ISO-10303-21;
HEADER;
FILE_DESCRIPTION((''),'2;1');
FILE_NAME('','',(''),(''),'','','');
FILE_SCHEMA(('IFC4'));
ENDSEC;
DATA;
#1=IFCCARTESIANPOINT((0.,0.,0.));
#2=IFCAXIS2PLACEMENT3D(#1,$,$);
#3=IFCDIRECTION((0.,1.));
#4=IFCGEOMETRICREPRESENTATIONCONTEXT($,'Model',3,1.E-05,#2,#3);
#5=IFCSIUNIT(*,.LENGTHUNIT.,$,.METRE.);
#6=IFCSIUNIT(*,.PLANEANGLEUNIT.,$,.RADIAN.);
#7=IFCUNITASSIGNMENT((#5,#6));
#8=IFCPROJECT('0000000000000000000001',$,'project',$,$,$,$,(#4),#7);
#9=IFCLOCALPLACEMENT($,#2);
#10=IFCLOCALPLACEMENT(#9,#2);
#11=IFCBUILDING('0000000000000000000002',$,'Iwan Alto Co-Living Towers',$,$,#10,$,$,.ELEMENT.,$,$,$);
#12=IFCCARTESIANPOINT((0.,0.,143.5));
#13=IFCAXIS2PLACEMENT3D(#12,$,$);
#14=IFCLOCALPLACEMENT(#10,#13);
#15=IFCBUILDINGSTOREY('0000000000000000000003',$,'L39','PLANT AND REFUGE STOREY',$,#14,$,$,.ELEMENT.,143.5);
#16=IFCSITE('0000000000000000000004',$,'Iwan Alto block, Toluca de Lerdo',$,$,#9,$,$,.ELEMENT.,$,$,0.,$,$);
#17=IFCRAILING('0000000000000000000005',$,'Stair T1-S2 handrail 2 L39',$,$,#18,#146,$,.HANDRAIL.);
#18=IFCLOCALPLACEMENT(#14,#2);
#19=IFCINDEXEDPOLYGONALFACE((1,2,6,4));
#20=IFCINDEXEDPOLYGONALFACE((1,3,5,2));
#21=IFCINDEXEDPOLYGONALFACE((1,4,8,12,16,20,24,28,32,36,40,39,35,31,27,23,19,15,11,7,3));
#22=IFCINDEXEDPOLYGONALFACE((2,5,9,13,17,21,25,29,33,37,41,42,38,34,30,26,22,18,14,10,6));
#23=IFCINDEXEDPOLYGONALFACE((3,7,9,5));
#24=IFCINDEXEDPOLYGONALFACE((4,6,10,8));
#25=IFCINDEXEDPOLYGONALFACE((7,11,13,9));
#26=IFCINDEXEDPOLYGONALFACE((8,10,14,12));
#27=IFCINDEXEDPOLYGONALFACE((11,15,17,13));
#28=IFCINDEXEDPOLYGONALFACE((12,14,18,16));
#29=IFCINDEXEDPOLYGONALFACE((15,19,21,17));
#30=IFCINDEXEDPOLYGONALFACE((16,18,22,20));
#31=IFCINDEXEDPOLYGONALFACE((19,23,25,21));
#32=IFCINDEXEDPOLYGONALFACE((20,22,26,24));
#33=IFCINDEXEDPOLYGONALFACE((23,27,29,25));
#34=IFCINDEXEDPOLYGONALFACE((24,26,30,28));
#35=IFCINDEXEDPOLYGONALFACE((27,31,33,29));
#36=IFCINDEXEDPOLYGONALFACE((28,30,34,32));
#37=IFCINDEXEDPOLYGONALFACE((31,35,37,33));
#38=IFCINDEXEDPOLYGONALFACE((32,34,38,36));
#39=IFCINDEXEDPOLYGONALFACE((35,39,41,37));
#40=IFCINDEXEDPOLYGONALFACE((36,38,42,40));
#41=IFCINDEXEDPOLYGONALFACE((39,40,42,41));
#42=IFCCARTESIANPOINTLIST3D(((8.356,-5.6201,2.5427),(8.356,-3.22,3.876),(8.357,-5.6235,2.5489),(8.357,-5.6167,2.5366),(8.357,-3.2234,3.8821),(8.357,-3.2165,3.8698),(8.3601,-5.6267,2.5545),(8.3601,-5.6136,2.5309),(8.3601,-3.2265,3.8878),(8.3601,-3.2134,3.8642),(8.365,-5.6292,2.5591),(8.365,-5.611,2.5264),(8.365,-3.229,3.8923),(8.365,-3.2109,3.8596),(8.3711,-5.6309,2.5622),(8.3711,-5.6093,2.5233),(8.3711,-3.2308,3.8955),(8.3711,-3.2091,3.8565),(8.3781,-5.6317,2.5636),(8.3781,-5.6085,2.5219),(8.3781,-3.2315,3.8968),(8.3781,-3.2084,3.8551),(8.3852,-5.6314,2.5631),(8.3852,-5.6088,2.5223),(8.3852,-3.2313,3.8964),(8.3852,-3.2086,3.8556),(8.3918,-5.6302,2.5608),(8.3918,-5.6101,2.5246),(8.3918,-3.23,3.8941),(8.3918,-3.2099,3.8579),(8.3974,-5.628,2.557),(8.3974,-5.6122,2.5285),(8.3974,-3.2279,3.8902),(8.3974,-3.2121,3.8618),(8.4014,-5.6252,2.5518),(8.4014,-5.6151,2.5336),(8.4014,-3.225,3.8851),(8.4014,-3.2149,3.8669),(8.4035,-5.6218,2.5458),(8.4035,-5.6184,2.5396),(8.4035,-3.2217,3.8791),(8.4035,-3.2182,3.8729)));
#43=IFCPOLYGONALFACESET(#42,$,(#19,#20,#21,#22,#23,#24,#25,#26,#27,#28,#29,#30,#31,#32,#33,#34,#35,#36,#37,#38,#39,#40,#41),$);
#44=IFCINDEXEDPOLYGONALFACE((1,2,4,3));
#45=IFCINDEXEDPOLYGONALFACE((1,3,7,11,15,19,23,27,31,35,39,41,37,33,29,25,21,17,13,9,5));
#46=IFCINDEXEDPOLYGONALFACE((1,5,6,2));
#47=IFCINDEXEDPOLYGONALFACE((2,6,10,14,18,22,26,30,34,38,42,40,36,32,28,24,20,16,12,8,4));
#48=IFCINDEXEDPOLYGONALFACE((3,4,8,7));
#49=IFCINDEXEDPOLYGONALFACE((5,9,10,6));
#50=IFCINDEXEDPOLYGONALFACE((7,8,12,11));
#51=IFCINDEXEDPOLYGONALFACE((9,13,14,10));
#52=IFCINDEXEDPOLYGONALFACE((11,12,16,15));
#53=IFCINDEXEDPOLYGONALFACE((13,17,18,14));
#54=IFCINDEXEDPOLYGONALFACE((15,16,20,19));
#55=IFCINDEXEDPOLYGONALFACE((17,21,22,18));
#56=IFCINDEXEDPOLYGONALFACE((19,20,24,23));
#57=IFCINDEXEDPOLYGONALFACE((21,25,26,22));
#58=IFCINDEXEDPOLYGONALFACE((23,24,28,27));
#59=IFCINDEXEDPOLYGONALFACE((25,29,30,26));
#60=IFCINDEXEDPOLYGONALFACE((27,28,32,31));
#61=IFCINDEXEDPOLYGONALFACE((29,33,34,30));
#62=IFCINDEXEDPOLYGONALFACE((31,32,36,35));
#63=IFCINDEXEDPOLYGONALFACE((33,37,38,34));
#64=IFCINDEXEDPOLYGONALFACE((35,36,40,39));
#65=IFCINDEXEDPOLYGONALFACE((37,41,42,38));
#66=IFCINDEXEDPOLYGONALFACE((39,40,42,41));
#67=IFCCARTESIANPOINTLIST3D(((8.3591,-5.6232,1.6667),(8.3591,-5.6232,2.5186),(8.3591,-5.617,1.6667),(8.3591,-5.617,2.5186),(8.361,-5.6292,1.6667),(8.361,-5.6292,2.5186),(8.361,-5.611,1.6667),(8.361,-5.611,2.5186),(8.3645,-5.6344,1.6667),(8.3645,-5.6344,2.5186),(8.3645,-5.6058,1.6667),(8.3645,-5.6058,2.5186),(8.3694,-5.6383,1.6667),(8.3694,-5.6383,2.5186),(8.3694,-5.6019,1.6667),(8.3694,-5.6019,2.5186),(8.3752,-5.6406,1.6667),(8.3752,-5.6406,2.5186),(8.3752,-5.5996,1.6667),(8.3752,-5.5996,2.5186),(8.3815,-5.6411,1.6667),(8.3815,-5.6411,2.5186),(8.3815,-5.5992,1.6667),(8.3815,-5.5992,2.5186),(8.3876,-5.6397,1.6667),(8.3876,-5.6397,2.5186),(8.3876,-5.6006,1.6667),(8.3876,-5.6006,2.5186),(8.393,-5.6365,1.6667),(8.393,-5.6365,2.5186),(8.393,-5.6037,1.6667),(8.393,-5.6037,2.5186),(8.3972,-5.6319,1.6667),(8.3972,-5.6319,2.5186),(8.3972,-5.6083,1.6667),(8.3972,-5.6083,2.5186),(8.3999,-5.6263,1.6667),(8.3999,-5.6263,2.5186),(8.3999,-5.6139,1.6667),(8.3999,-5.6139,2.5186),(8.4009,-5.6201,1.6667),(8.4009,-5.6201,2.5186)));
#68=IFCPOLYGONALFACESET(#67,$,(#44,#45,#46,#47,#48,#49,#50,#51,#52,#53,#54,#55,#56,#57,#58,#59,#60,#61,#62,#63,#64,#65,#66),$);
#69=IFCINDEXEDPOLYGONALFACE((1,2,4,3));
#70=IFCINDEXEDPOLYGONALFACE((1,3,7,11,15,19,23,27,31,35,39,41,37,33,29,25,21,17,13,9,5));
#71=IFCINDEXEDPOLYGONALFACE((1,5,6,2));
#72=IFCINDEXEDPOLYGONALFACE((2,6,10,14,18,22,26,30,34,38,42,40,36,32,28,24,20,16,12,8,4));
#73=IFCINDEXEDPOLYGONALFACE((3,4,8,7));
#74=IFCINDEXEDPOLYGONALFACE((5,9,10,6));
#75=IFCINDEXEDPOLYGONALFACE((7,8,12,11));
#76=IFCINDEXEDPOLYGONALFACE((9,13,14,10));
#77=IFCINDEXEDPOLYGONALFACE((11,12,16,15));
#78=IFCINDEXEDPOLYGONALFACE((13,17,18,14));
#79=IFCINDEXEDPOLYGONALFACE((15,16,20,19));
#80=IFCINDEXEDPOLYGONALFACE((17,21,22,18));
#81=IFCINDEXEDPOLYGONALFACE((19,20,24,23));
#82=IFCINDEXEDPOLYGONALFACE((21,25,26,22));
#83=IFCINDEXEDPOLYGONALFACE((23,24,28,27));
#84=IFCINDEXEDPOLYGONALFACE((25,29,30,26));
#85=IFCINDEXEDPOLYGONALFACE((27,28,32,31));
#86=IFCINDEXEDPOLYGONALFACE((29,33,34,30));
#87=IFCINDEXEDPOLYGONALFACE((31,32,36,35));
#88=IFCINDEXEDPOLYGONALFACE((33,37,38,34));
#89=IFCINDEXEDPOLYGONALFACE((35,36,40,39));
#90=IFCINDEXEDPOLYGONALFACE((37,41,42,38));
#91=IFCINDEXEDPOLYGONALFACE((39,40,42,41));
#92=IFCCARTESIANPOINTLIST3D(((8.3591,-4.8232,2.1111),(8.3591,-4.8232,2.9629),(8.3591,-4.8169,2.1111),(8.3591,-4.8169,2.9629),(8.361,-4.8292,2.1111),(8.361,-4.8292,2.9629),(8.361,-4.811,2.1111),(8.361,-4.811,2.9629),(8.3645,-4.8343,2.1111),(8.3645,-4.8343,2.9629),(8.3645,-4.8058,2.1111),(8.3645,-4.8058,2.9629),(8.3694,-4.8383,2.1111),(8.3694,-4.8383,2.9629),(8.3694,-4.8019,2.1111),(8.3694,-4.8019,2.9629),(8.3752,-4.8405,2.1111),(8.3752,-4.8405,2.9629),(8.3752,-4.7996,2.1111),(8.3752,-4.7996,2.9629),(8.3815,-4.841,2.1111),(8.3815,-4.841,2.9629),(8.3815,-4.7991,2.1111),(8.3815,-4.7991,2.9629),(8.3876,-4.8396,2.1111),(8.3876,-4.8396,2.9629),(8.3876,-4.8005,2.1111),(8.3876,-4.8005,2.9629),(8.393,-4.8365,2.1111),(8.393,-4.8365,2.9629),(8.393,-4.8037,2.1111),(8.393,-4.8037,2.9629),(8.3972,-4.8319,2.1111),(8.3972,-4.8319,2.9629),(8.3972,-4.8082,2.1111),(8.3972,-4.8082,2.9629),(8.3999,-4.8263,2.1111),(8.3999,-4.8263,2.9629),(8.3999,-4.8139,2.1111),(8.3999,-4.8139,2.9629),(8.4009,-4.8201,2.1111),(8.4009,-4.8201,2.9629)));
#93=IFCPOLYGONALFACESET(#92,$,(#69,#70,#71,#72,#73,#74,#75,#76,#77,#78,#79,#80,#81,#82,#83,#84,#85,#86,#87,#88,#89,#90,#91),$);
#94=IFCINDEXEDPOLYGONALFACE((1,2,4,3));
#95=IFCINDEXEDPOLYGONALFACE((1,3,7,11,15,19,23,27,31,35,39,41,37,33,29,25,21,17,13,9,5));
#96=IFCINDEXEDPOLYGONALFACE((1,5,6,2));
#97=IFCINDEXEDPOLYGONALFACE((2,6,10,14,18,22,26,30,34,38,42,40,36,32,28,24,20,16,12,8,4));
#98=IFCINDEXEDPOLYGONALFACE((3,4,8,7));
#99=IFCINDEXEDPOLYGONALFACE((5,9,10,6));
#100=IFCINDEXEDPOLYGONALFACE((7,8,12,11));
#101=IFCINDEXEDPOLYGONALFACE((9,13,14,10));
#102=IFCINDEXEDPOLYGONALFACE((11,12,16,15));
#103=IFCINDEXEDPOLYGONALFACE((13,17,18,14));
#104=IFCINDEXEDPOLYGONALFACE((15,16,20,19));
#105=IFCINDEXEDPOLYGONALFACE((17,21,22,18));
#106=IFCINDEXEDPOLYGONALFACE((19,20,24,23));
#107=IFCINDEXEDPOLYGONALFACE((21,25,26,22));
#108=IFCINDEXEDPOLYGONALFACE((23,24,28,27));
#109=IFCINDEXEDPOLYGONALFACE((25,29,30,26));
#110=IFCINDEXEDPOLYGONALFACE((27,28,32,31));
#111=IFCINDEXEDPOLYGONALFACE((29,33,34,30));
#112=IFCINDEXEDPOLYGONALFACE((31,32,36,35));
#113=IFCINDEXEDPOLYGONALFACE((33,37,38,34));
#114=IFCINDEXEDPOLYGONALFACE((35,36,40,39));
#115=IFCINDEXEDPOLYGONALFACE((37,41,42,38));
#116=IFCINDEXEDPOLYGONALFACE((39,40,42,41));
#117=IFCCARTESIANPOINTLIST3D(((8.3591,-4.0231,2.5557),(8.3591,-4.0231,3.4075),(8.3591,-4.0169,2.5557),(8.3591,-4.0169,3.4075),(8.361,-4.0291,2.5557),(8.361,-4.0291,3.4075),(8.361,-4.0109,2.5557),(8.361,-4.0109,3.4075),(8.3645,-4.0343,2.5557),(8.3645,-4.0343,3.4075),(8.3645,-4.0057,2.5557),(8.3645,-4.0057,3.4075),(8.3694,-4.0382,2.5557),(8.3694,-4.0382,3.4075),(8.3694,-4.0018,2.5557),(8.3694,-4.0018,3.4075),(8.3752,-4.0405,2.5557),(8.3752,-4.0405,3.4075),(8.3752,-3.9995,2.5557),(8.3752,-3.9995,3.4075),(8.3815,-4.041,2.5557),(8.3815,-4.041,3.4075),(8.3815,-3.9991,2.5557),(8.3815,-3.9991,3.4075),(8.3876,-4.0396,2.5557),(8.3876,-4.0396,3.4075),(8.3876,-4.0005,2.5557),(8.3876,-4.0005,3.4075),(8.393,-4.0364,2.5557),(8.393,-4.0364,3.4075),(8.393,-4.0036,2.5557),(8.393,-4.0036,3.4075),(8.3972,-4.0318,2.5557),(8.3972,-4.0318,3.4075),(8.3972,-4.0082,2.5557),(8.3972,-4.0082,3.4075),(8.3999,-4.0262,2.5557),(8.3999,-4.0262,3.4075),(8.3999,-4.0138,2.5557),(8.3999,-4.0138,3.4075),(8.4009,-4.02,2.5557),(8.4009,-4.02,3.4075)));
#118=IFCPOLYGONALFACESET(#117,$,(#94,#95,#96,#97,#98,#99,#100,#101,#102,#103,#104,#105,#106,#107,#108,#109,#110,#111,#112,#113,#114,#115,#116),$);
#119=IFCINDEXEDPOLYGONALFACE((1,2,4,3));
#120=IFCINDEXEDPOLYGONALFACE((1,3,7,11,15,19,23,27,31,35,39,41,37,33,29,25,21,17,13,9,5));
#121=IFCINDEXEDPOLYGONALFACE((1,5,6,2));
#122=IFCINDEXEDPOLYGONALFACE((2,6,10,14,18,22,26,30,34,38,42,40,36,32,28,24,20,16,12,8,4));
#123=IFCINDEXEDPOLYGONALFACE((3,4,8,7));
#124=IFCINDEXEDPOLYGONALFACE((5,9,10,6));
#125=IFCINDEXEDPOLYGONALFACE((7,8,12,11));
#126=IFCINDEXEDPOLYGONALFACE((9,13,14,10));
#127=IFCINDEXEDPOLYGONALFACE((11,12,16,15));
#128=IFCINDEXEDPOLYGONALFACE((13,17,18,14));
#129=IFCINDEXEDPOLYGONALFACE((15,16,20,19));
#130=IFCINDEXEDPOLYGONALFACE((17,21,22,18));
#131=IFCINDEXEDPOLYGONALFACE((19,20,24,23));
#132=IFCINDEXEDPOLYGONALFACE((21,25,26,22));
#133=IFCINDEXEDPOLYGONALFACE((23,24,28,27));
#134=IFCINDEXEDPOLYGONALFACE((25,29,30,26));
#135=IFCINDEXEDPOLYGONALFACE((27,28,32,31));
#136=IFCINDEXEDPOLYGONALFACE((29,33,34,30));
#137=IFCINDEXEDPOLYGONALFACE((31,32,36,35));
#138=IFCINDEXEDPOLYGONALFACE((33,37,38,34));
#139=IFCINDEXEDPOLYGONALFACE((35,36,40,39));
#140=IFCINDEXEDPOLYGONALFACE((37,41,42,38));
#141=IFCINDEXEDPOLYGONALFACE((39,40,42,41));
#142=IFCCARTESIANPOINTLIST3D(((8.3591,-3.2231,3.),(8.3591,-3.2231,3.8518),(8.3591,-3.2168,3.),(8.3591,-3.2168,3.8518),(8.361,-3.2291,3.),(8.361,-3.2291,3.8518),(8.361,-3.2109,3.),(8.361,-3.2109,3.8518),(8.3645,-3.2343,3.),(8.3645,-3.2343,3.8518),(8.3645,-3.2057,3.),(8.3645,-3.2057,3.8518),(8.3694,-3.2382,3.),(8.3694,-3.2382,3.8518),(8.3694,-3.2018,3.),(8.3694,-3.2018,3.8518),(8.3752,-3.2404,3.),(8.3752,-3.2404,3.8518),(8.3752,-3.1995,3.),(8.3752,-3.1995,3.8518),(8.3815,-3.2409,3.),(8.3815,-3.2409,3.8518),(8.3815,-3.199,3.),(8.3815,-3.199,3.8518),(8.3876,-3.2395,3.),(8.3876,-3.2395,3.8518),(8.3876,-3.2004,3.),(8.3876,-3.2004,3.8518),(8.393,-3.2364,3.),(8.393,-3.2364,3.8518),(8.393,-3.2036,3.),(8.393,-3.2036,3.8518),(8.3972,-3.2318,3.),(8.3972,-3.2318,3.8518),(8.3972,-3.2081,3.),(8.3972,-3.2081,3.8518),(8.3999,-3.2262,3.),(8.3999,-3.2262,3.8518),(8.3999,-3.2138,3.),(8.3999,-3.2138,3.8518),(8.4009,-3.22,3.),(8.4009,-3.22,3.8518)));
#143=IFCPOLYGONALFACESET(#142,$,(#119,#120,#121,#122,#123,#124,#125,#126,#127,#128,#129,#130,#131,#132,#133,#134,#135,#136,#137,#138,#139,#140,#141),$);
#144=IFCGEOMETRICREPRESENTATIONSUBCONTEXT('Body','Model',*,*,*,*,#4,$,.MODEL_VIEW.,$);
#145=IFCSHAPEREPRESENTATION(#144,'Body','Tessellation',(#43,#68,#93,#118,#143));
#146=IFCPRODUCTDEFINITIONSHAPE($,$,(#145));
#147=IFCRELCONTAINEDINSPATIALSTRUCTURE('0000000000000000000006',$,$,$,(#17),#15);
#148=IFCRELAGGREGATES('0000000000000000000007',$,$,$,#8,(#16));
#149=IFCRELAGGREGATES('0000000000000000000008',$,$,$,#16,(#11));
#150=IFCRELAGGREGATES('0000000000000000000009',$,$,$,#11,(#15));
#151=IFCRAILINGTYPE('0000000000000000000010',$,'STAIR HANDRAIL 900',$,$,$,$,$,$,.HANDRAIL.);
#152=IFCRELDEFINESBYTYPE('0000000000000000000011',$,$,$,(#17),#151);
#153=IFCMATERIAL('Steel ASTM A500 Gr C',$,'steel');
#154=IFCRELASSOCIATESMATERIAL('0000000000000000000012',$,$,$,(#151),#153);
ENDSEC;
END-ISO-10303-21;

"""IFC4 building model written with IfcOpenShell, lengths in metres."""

from ifc_helpers import new_model, si_unit, direction, frame, origin, origin_2d, place, context, subcontext, project, spatial, circle, extrude, material, type_object, element, save


model = new_model("IFC4")

# Units and contexts
model_context = context("Model", 3, precision=1e-05, world=origin(), true_north=direction((0.0, 1.0)))
body_context = subcontext(model_context, "Body", "Model", "MODEL_VIEW")
ifc_project = project(units=[si_unit("LENGTHUNIT", "METRE"), si_unit("PLANEANGLEUNIT", "RADIAN")], contexts=[model_context])

# Site, building, storey
site_placement = place(None, origin())
site = spatial("IfcSite", under=ifc_project, at=site_placement, Name="Iwan Alto block, Toluca de Lerdo", CompositionType="ELEMENT", RefElevation=0.0)
building_placement = place(site_placement, origin())
building = spatial("IfcBuilding", under=site, at=building_placement, Name="Iwan Alto Co-Living Towers", CompositionType="ELEMENT")
storey_placement = place(building_placement, frame((0.0, 0.0, 143.5)))
storey = spatial("IfcBuildingStorey", under=building, at=storey_placement, Name="L39", Description="PLANT AND REFUGE STOREY", CompositionType="ELEMENT", Elevation=143.5)

# Railing
ifc_material_1 = material(Name="Steel ASTM A500 Gr C", Category="steel")
railing_type_1 = type_object("IfcRailingType", Name="STAIR HANDRAIL 900", PredefinedType="HANDRAIL", material=ifc_material_1)
railing_1_placement = place(storey_placement, frame((8.3799, -5.6201, 1.6667)))
element("IfcRailing", 1, at=railing_1_placement, inside=storey, type_object=railing_type_1, Name="Stair T1-S2 handrail 2 L39", PredefinedType="HANDRAIL", context=body_context, shape_type="SweptSolid", body=[
    extrude(circle(Radius=0.0239, at=origin_2d()), frame((0.0, 0.0, 0.876), z_axis=(0.0, 0.874182, 0.485598), x_axis=(-1.0, 0.0, 0.0)), (0.0, 0.0, 1.0), 2.7456),
    extrude(circle(Radius=0.021, at=origin_2d()), origin(), (0.0, 0.0, 1.0), 0.8518),
    extrude(circle(Radius=0.021, at=origin_2d()), frame((0.0, 0.8, 0.4443)), (0.0, 0.0, 1.0), 0.8518),
    extrude(circle(Radius=0.021, at=origin_2d()), frame((0.0, 1.6001, 0.8889)), (0.0, 0.0, 1.0), 0.8518),
    extrude(circle(Radius=0.021, at=origin_2d()), frame((0.0, 2.4001, 1.3333)), (0.0, 0.0, 1.0), 0.8518),
])

save(model, "model.ifc")
